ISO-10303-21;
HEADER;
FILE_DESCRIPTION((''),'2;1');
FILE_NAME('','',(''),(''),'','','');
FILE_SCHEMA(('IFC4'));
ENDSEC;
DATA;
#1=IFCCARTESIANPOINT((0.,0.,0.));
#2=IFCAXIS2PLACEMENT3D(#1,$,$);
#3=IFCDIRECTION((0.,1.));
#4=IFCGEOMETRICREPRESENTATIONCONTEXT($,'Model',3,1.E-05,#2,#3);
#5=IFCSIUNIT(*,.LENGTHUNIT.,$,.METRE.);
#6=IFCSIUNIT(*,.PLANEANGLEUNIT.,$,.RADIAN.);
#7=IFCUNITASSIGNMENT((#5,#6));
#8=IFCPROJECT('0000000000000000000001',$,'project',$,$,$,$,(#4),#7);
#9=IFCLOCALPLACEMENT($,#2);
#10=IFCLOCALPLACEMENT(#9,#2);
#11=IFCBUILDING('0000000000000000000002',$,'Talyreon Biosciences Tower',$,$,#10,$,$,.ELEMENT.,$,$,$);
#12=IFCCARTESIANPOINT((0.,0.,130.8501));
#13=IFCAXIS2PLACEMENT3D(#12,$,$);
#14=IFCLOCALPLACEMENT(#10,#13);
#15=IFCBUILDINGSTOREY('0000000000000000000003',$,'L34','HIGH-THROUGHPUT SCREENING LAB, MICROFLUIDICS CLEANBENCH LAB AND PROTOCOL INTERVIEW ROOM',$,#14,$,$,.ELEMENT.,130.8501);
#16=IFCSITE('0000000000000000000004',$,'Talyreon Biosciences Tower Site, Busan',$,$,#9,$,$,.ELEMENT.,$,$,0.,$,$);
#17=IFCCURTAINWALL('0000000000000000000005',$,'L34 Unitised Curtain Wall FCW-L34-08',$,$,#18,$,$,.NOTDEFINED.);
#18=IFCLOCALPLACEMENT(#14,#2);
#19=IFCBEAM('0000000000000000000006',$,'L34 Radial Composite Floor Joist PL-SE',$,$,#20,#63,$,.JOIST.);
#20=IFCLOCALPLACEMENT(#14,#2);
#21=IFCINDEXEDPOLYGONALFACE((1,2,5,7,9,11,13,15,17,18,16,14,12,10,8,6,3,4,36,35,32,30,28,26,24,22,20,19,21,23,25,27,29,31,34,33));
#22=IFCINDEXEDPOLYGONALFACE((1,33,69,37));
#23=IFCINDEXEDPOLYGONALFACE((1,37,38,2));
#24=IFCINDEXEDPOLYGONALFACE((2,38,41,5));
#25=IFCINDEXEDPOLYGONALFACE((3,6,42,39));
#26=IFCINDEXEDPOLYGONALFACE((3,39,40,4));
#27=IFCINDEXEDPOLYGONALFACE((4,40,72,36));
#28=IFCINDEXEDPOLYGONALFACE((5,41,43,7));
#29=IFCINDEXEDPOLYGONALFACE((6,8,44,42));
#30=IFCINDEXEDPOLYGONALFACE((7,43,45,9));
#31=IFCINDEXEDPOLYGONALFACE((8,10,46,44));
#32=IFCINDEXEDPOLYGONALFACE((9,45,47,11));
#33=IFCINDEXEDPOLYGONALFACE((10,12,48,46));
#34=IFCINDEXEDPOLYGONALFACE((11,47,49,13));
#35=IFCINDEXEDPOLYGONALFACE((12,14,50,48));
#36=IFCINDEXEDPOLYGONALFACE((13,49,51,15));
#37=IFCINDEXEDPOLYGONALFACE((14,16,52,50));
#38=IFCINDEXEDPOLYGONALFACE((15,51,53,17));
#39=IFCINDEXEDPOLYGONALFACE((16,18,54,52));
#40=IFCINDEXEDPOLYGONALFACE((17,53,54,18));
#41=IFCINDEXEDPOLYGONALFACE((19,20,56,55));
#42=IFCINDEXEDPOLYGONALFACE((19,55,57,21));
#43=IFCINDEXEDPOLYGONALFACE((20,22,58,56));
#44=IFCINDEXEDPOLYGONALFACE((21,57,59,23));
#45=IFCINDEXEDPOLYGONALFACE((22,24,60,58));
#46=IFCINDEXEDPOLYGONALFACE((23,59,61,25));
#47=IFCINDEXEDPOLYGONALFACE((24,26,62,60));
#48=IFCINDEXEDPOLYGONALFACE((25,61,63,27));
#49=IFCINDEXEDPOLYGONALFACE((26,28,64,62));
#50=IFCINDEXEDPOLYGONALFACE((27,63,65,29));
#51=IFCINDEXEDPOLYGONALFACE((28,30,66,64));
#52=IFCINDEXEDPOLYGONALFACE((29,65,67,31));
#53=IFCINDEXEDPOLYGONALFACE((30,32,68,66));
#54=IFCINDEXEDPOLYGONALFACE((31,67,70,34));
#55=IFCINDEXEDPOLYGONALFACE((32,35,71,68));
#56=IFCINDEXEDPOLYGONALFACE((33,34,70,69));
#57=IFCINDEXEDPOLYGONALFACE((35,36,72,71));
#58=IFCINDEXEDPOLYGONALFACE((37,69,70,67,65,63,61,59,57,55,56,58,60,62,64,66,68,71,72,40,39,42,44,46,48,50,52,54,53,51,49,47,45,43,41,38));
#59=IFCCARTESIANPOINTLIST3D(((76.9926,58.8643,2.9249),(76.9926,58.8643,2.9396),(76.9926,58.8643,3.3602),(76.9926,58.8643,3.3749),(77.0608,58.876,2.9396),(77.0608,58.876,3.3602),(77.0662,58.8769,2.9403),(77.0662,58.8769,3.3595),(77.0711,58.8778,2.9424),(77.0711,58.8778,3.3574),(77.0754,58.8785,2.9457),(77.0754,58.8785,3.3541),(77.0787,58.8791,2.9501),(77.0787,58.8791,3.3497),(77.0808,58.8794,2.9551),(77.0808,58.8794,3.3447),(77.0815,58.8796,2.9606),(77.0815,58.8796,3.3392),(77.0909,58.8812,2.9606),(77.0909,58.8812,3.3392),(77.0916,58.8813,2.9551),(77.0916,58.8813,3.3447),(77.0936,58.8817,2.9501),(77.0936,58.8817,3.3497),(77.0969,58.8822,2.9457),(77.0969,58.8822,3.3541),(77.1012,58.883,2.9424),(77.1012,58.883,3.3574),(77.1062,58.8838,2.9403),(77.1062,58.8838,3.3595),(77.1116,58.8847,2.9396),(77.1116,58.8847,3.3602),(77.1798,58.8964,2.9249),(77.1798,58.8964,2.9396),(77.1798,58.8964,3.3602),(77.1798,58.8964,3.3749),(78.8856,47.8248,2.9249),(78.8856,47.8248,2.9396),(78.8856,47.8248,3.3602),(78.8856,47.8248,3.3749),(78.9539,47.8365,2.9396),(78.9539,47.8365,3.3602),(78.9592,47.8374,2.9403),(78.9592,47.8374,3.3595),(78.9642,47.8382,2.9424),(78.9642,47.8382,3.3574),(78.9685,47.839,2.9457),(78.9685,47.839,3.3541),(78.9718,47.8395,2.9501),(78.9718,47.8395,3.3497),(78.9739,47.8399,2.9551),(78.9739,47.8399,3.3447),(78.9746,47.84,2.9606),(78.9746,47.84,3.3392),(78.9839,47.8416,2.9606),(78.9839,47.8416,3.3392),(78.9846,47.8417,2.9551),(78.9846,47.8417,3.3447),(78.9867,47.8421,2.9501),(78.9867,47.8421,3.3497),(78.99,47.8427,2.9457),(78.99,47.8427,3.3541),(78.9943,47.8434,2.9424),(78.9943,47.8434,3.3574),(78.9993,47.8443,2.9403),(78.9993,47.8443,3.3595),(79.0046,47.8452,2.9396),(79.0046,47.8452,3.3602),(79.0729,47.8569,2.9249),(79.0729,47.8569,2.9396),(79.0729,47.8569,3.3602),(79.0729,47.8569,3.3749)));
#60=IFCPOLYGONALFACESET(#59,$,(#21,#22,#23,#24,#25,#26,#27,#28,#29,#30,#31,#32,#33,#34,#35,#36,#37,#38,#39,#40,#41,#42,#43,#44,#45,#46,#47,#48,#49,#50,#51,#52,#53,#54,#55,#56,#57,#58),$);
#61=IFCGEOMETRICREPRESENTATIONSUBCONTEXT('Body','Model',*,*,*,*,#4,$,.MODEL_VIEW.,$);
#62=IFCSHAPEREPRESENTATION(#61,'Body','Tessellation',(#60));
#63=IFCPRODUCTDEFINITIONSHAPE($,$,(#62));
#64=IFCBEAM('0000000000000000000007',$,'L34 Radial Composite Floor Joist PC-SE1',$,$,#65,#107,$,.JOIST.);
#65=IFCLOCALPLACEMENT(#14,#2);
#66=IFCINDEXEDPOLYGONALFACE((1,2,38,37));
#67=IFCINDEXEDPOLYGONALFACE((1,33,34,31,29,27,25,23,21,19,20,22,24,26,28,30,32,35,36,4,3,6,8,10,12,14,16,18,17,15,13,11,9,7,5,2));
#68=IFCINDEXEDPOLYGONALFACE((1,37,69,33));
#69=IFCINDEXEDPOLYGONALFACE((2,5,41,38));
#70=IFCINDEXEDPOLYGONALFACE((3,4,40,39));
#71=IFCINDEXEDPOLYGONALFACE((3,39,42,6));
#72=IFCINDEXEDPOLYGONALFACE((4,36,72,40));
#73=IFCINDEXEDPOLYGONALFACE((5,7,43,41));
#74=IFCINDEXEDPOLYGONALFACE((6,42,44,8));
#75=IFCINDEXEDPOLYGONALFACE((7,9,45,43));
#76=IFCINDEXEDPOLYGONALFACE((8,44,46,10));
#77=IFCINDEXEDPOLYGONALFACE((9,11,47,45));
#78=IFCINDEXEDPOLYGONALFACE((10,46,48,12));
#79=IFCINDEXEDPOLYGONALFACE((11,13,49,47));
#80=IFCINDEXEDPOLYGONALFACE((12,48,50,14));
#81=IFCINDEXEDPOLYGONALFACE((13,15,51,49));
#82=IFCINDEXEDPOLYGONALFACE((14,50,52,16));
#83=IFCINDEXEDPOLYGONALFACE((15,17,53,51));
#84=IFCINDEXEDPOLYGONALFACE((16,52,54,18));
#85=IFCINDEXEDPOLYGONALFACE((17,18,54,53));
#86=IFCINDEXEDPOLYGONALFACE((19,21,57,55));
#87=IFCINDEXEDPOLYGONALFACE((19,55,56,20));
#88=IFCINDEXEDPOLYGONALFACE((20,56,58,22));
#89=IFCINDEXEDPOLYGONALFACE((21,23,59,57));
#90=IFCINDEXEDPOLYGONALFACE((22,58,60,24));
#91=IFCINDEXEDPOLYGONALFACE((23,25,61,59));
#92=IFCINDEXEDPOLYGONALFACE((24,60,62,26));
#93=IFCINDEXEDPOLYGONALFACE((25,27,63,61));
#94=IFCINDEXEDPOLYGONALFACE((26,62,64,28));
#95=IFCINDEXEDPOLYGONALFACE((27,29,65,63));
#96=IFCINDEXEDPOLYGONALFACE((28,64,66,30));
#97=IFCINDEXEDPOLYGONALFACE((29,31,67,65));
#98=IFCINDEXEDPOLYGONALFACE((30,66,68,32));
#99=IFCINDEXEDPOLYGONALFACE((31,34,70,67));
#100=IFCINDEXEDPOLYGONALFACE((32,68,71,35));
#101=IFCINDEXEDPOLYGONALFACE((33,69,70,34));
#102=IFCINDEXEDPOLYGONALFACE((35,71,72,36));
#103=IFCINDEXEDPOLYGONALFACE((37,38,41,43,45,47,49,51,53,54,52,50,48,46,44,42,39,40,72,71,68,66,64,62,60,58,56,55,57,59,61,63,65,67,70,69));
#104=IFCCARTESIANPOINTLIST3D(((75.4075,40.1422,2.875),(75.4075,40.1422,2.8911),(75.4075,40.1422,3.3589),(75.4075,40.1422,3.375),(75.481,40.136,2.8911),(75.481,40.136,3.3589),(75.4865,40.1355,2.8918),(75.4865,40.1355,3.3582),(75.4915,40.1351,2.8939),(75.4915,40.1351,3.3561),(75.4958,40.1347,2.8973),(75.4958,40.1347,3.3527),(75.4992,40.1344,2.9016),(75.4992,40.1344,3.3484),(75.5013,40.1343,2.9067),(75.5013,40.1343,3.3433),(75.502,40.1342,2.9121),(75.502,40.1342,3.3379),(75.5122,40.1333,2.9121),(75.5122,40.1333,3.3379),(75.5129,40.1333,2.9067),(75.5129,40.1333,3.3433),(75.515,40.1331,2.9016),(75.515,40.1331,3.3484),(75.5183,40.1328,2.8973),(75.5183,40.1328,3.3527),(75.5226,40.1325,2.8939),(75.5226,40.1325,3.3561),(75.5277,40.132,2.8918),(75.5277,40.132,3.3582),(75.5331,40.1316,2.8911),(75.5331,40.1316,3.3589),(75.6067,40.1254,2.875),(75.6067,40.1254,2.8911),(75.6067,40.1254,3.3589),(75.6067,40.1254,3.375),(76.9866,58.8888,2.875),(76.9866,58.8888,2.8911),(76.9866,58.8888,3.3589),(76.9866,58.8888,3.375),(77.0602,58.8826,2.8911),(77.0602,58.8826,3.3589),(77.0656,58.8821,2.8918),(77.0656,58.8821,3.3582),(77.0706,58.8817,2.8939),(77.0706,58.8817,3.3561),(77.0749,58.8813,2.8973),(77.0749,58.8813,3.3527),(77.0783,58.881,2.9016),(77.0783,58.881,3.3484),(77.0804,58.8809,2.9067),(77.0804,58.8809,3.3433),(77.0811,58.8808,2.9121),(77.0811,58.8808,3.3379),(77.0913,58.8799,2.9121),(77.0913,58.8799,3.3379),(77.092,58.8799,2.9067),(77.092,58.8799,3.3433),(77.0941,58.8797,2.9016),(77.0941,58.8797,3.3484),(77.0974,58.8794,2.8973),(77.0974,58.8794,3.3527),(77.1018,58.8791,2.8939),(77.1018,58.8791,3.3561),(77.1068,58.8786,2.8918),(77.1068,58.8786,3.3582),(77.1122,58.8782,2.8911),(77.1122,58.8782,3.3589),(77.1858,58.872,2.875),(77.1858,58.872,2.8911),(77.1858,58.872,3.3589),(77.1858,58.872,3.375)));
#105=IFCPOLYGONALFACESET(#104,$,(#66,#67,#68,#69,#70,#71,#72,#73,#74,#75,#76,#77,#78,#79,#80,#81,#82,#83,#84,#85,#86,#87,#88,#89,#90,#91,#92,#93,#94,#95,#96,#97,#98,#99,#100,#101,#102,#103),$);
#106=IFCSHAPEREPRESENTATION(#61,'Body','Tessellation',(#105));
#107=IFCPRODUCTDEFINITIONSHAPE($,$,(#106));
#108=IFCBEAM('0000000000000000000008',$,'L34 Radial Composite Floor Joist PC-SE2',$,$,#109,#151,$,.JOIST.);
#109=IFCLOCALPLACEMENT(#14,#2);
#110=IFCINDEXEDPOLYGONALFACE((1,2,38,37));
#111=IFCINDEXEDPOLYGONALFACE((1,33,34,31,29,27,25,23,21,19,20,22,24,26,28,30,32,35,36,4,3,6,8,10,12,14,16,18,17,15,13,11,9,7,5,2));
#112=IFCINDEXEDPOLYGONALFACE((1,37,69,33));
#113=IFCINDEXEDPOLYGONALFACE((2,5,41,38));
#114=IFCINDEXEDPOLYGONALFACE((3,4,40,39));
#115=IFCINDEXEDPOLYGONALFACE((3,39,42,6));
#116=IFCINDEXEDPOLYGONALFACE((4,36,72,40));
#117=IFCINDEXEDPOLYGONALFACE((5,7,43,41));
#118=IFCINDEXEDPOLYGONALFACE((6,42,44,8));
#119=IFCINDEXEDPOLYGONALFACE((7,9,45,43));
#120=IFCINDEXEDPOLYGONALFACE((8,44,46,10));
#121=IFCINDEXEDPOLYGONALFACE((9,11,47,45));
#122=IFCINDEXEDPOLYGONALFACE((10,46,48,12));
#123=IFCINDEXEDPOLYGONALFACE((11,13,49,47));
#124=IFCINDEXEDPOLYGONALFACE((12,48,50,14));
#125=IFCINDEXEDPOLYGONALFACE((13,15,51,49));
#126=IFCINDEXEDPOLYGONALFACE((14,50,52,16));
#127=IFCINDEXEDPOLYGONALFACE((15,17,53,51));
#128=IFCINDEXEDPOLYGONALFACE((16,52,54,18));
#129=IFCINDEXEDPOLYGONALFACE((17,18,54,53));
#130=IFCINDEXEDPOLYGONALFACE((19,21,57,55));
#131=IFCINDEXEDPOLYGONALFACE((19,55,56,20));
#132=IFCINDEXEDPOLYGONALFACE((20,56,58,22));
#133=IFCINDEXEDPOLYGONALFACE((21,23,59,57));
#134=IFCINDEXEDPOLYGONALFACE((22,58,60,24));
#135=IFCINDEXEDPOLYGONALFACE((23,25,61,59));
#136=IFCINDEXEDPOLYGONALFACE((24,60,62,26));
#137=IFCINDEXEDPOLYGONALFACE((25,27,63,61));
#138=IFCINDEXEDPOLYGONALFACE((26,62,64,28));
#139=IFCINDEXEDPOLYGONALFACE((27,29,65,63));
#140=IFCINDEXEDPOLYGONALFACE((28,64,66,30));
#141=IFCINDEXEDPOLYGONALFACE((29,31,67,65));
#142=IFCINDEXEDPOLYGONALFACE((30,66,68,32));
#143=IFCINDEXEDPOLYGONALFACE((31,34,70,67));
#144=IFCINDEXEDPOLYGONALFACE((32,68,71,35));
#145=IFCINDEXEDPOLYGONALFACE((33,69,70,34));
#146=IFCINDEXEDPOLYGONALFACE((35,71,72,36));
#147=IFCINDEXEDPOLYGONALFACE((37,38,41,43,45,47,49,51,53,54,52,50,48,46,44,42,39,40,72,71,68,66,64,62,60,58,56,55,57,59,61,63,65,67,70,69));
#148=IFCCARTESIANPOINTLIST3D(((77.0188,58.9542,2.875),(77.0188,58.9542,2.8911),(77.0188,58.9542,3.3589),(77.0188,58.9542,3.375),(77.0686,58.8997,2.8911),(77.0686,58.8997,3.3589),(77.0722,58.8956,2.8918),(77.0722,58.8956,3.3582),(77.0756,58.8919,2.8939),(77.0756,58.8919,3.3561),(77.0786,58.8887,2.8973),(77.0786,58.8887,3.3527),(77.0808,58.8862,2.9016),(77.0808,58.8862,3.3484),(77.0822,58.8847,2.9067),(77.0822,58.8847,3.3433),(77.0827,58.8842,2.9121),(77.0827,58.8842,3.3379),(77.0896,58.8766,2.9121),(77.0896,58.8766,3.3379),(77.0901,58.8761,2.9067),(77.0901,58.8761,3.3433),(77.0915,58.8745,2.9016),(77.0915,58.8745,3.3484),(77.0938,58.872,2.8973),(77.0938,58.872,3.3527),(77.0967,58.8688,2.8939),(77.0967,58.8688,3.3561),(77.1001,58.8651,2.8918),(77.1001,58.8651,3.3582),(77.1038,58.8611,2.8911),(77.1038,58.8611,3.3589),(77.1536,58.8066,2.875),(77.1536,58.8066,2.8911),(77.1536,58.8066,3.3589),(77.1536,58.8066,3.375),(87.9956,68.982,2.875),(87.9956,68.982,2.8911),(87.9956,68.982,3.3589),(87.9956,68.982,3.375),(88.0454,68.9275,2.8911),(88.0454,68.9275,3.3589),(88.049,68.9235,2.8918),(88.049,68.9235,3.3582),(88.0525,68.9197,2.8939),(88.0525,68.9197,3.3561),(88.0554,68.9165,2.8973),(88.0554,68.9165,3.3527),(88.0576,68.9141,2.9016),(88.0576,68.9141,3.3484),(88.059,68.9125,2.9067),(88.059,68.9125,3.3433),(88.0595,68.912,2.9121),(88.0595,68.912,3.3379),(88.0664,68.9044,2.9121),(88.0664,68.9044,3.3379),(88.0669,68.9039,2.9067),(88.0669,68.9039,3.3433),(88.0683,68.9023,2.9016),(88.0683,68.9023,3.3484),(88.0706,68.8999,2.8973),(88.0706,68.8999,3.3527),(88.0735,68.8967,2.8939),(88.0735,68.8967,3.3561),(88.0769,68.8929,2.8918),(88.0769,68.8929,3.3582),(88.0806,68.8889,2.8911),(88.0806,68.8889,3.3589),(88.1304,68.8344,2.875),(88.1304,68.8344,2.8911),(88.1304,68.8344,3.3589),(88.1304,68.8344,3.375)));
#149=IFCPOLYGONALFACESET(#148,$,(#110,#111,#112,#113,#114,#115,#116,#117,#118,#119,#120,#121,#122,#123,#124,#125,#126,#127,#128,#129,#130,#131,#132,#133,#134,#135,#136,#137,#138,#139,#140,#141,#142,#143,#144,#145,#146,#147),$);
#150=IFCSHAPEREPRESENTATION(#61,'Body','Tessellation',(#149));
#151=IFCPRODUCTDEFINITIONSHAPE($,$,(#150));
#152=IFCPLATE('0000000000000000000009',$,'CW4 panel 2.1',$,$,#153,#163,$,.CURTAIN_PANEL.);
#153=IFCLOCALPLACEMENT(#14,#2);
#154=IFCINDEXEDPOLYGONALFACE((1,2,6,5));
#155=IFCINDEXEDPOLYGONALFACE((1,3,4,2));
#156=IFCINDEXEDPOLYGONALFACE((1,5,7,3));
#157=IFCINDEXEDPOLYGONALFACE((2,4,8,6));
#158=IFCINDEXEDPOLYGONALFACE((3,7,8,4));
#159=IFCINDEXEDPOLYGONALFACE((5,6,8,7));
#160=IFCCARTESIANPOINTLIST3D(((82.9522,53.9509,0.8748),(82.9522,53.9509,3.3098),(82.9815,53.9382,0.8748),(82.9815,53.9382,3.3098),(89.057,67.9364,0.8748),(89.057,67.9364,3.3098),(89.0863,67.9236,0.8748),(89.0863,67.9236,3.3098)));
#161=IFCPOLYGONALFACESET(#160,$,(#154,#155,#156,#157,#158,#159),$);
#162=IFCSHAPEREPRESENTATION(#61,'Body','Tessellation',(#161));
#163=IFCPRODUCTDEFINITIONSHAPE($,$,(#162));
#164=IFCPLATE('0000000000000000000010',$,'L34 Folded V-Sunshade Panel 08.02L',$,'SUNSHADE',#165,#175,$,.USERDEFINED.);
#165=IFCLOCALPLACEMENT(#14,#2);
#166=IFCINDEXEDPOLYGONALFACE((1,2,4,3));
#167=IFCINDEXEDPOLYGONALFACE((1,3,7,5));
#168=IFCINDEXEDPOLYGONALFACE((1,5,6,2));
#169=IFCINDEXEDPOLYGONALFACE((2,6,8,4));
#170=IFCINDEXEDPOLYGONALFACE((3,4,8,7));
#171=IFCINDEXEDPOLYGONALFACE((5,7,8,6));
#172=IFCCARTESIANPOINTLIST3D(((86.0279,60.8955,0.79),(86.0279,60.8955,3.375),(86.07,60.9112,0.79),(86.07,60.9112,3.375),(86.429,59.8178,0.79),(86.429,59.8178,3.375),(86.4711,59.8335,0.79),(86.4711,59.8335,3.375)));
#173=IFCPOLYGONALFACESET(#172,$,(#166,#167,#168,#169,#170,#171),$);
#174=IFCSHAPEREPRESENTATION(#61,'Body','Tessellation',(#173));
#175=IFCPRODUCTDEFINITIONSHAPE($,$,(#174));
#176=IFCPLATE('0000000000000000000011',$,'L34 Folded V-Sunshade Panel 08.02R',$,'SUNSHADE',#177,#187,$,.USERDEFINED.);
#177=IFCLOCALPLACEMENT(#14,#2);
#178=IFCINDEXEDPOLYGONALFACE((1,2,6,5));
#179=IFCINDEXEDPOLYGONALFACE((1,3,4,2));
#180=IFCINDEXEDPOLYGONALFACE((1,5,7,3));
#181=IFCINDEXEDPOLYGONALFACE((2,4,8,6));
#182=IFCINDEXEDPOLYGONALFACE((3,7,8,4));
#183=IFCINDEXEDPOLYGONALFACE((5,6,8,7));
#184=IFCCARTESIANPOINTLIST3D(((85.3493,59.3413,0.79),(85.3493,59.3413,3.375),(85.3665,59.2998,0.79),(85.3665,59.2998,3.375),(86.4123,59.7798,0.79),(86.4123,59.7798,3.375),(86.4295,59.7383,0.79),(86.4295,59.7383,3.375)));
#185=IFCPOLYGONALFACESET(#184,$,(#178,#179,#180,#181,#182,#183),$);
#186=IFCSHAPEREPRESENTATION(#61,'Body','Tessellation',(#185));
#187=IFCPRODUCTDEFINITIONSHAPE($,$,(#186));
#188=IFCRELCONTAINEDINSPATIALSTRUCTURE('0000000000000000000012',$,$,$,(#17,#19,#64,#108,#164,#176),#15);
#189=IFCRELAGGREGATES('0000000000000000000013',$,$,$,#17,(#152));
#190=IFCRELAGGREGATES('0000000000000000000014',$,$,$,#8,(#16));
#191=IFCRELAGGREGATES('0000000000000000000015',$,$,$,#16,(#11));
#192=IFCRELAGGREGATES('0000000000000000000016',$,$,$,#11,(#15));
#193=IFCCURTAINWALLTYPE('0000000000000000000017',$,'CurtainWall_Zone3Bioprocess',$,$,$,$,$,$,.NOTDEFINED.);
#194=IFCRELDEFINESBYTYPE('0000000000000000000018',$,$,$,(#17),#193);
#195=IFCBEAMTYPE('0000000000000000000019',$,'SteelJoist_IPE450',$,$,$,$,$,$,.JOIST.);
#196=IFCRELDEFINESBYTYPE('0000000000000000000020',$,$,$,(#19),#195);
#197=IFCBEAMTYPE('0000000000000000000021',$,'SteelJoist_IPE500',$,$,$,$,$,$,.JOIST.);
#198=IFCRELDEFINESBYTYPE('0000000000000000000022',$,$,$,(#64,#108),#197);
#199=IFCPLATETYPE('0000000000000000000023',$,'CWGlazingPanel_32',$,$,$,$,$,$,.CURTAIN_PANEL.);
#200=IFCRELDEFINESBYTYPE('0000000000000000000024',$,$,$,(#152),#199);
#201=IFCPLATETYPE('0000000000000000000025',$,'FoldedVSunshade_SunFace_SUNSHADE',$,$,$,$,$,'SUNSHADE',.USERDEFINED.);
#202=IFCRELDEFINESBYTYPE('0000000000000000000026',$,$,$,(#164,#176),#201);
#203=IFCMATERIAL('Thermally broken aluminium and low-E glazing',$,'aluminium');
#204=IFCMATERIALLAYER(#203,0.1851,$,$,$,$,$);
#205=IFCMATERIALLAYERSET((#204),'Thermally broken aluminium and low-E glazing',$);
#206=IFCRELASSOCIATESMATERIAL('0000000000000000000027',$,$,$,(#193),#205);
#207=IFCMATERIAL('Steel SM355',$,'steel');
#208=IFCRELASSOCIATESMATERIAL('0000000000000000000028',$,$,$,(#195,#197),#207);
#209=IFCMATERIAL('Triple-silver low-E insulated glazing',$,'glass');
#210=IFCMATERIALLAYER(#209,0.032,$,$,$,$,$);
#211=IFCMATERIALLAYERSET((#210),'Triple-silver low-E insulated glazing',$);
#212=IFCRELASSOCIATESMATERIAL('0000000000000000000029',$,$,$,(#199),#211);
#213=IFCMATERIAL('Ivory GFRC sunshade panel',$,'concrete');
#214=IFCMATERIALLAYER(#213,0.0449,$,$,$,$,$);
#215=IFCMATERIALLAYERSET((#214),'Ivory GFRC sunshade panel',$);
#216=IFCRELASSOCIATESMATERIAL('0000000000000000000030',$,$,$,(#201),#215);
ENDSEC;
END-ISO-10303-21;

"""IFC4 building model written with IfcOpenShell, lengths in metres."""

from ifc_helpers import new_model, si_unit, direction, frame, origin, origin_2d, place, context, subcontext, project, spatial, rectangle, i_section, extrude, material, layer, layer_set, material_profile, profile_set, type_object, element, aggregate, save


model = new_model("IFC4")

# Units and contexts
model_context = context("Model", 3, precision=1e-05, world=origin(), true_north=direction((0.0, 1.0)))
body_context = subcontext(model_context, "Body", "Model", "MODEL_VIEW")
ifc_project = project(units=[si_unit("LENGTHUNIT", "METRE"), si_unit("PLANEANGLEUNIT", "RADIAN")], contexts=[model_context])

# Site, building, storey
site_placement = place(None, origin())
site = spatial("IfcSite", under=ifc_project, at=site_placement, Name="Talyreon Biosciences Tower Site, Busan", CompositionType="ELEMENT", RefElevation=0.0)
building_placement = place(site_placement, origin())
building = spatial("IfcBuilding", under=site, at=building_placement, Name="Talyreon Biosciences Tower", CompositionType="ELEMENT")
storey_placement = place(building_placement, frame((0.0, 0.0, 130.8501)))
storey = spatial("IfcBuildingStorey", under=building, at=storey_placement, Name="L34", Description="HIGH-THROUGHPUT SCREENING LAB, MICROFLUIDICS CLEANBENCH LAB AND PROTOCOL INTERVIEW ROOM", CompositionType="ELEMENT", Elevation=130.8501)

# Curtain wall
ifc_material_1 = material(Name="Thermally broken aluminium and low-E glazing", Category="aluminium")
ifc_layer_1 = layer(ifc_material_1, 0.1851)
ifc_layer_set_1 = layer_set([ifc_layer_1], Name="Thermally broken aluminium and low-E glazing")
curtain_wall_type = type_object("IfcCurtainWallType", Name="CurtainWall_Zone3Bioprocess", PredefinedType="NOTDEFINED", material=ifc_layer_set_1)
curtain_wall_placement = place(storey_placement, origin())
curtain_wall = element("IfcCurtainWall", 1, at=curtain_wall_placement, inside=storey, type_object=curtain_wall_type, Name="L34 Unitised Curtain Wall FCW-L34-08", PredefinedType="NOTDEFINED")

# Beams
ifc_material_2 = material(Name="Steel SM355", Category="steel")
ifc_material_profile_1 = material_profile(ifc_material_2, i_section(OverallWidth=0.1899, OverallDepth=0.45, WebThickness=0.0095, FlangeThickness=0.0146, FilletRadius=0.021, at=origin_2d()), Name="IPE450")
ifc_profile_set_1 = profile_set([ifc_material_profile_1], Name="Steel SM355")
beam_type_1 = type_object("IfcBeamType", Name="SteelJoist_IPE450", PredefinedType="JOIST", material=ifc_profile_set_1)
beam_1_placement = place(storey_placement, frame((77.0862, 58.8804, 3.1499), z_axis=(0.169013, -0.985614, 0.0), x_axis=(0.985614, 0.169013, 0.0)))
element("IfcBeam", 2, at=beam_1_placement, inside=storey, type_object=beam_type_1, Name="L34 Radial Composite Floor Joist PL-SE", PredefinedType="JOIST", context=body_context, shape_type="SweptSolid", body=[
    extrude(i_section(OverallWidth=0.1899, OverallDepth=0.45, WebThickness=0.0095, FlangeThickness=0.0146, FilletRadius=0.021, at=origin_2d()), origin(), (0.0, 0.0, 1.0), 11.2007),
])
ifc_material_profile_2 = material_profile(ifc_material_2, i_section(OverallWidth=0.2, OverallDepth=0.5, WebThickness=0.0103, FlangeThickness=0.0161, FilletRadius=0.021, at=origin_2d()), Name="IPE500")
ifc_profile_set_2 = profile_set([ifc_material_profile_2], Name="Steel SM355")
beam_type_2 = type_object("IfcBeamType", Name="SteelJoist_IPE500", PredefinedType="JOIST", material=ifc_profile_set_2)
beam_2_placement = place(storey_placement, frame((77.0862, 58.8804, 3.125), z_axis=(-0.083937, -0.996471, 0.0), x_axis=(0.996471, -0.083937, 0.0)))
element("IfcBeam", 3, at=beam_2_placement, inside=storey, type_object=beam_type_2, Name="L34 Radial Composite Floor Joist PC-SE1", PredefinedType="JOIST", context=body_context, shape_type="SweptSolid", body=[
    extrude(i_section(OverallWidth=0.2, OverallDepth=0.5, WebThickness=0.0103, FlangeThickness=0.0161, FilletRadius=0.021, at=origin_2d()), origin(), (0.0, 0.0, 1.0), 18.813),
])
beam_3_placement = place(storey_placement, frame((77.0862, 58.8804, 3.125), z_axis=(0.7383, 0.674472, 0.0), x_axis=(-0.674472, 0.7383, 0.0)))
element("IfcBeam", 4, at=beam_3_placement, inside=storey, type_object=beam_type_2, Name="L34 Radial Composite Floor Joist PC-SE2", PredefinedType="JOIST", context=body_context, shape_type="SweptSolid", body=[
    extrude(i_section(OverallWidth=0.2, OverallDepth=0.5, WebThickness=0.0103, FlangeThickness=0.0161, FilletRadius=0.021, at=origin_2d()), origin(), (0.0, 0.0, 1.0), 14.8677),
])

# Plate
ifc_material_3 = material(Name="Triple-silver low-E insulated glazing", Category="glass")
ifc_layer_2 = layer(ifc_material_3, 0.032)
ifc_layer_set_2 = layer_set([ifc_layer_2], Name="Triple-silver low-E insulated glazing")
plate_type_1 = type_object("IfcPlateType", Name="CWGlazingPanel_32", PredefinedType="CURTAIN_PANEL", material=ifc_layer_set_2)
plate_placement = place(storey_placement, frame((86.0193, 60.9373, 0.8748), z_axis=(0.0, 0.0, 1.0), x_axis=(-0.400058, -0.91649, 0.0)))
plate = element("IfcPlate", 5, at=plate_placement, type_object=plate_type_1, Name="CW4 panel 2.1", PredefinedType="CURTAIN_PANEL", context=body_context, shape_type="SweptSolid", body=[
    extrude(rectangle(XDim=15.2598, YDim=0.032, at=origin_2d()), origin(), (0.0, 0.0, 1.0), 2.4351),
])
aggregate(curtain_wall, [plate])

# Plates
ifc_material_4 = material(Name="Ivory GFRC sunshade panel", Category="concrete")
ifc_layer_3 = layer(ifc_material_4, 0.0449)
ifc_layer_set_3 = layer_set([ifc_layer_3], Name="Ivory GFRC sunshade panel")
plate_type_2 = type_object("IfcPlateType", Name="FoldedVSunshade_SunFace_SUNSHADE", ElementType="SUNSHADE", PredefinedType="USERDEFINED", material=ifc_layer_set_3)
for number, where, z_axis, x_axis, name in (
    (6, (86.2495, 60.3645, 0.79), (0.0, 0.0, 1.0), (0.348866, -0.937172, 0.0), "L34 Folded V-Sunshade Panel 08.02L"),
    (7, (85.8894, 59.5398, 0.79), (0.0, 0.0, 1.0), (-0.924426, -0.381361, 0.0), "L34 Folded V-Sunshade Panel 08.02R"),
):
    element("IfcPlate", number, at=place(storey_placement, frame(where, z_axis=z_axis, x_axis=x_axis)), inside=storey, type_object=plate_type_2, Name=name, ObjectType="SUNSHADE", PredefinedType="USERDEFINED", context=body_context, shape_type="SweptSolid", body=[
        extrude(rectangle(XDim=1.1499, YDim=0.0449, at=origin_2d()), origin(), (0.0, 0.0, 1.0), 2.585),
    ])

save(model, "model.ifc")
